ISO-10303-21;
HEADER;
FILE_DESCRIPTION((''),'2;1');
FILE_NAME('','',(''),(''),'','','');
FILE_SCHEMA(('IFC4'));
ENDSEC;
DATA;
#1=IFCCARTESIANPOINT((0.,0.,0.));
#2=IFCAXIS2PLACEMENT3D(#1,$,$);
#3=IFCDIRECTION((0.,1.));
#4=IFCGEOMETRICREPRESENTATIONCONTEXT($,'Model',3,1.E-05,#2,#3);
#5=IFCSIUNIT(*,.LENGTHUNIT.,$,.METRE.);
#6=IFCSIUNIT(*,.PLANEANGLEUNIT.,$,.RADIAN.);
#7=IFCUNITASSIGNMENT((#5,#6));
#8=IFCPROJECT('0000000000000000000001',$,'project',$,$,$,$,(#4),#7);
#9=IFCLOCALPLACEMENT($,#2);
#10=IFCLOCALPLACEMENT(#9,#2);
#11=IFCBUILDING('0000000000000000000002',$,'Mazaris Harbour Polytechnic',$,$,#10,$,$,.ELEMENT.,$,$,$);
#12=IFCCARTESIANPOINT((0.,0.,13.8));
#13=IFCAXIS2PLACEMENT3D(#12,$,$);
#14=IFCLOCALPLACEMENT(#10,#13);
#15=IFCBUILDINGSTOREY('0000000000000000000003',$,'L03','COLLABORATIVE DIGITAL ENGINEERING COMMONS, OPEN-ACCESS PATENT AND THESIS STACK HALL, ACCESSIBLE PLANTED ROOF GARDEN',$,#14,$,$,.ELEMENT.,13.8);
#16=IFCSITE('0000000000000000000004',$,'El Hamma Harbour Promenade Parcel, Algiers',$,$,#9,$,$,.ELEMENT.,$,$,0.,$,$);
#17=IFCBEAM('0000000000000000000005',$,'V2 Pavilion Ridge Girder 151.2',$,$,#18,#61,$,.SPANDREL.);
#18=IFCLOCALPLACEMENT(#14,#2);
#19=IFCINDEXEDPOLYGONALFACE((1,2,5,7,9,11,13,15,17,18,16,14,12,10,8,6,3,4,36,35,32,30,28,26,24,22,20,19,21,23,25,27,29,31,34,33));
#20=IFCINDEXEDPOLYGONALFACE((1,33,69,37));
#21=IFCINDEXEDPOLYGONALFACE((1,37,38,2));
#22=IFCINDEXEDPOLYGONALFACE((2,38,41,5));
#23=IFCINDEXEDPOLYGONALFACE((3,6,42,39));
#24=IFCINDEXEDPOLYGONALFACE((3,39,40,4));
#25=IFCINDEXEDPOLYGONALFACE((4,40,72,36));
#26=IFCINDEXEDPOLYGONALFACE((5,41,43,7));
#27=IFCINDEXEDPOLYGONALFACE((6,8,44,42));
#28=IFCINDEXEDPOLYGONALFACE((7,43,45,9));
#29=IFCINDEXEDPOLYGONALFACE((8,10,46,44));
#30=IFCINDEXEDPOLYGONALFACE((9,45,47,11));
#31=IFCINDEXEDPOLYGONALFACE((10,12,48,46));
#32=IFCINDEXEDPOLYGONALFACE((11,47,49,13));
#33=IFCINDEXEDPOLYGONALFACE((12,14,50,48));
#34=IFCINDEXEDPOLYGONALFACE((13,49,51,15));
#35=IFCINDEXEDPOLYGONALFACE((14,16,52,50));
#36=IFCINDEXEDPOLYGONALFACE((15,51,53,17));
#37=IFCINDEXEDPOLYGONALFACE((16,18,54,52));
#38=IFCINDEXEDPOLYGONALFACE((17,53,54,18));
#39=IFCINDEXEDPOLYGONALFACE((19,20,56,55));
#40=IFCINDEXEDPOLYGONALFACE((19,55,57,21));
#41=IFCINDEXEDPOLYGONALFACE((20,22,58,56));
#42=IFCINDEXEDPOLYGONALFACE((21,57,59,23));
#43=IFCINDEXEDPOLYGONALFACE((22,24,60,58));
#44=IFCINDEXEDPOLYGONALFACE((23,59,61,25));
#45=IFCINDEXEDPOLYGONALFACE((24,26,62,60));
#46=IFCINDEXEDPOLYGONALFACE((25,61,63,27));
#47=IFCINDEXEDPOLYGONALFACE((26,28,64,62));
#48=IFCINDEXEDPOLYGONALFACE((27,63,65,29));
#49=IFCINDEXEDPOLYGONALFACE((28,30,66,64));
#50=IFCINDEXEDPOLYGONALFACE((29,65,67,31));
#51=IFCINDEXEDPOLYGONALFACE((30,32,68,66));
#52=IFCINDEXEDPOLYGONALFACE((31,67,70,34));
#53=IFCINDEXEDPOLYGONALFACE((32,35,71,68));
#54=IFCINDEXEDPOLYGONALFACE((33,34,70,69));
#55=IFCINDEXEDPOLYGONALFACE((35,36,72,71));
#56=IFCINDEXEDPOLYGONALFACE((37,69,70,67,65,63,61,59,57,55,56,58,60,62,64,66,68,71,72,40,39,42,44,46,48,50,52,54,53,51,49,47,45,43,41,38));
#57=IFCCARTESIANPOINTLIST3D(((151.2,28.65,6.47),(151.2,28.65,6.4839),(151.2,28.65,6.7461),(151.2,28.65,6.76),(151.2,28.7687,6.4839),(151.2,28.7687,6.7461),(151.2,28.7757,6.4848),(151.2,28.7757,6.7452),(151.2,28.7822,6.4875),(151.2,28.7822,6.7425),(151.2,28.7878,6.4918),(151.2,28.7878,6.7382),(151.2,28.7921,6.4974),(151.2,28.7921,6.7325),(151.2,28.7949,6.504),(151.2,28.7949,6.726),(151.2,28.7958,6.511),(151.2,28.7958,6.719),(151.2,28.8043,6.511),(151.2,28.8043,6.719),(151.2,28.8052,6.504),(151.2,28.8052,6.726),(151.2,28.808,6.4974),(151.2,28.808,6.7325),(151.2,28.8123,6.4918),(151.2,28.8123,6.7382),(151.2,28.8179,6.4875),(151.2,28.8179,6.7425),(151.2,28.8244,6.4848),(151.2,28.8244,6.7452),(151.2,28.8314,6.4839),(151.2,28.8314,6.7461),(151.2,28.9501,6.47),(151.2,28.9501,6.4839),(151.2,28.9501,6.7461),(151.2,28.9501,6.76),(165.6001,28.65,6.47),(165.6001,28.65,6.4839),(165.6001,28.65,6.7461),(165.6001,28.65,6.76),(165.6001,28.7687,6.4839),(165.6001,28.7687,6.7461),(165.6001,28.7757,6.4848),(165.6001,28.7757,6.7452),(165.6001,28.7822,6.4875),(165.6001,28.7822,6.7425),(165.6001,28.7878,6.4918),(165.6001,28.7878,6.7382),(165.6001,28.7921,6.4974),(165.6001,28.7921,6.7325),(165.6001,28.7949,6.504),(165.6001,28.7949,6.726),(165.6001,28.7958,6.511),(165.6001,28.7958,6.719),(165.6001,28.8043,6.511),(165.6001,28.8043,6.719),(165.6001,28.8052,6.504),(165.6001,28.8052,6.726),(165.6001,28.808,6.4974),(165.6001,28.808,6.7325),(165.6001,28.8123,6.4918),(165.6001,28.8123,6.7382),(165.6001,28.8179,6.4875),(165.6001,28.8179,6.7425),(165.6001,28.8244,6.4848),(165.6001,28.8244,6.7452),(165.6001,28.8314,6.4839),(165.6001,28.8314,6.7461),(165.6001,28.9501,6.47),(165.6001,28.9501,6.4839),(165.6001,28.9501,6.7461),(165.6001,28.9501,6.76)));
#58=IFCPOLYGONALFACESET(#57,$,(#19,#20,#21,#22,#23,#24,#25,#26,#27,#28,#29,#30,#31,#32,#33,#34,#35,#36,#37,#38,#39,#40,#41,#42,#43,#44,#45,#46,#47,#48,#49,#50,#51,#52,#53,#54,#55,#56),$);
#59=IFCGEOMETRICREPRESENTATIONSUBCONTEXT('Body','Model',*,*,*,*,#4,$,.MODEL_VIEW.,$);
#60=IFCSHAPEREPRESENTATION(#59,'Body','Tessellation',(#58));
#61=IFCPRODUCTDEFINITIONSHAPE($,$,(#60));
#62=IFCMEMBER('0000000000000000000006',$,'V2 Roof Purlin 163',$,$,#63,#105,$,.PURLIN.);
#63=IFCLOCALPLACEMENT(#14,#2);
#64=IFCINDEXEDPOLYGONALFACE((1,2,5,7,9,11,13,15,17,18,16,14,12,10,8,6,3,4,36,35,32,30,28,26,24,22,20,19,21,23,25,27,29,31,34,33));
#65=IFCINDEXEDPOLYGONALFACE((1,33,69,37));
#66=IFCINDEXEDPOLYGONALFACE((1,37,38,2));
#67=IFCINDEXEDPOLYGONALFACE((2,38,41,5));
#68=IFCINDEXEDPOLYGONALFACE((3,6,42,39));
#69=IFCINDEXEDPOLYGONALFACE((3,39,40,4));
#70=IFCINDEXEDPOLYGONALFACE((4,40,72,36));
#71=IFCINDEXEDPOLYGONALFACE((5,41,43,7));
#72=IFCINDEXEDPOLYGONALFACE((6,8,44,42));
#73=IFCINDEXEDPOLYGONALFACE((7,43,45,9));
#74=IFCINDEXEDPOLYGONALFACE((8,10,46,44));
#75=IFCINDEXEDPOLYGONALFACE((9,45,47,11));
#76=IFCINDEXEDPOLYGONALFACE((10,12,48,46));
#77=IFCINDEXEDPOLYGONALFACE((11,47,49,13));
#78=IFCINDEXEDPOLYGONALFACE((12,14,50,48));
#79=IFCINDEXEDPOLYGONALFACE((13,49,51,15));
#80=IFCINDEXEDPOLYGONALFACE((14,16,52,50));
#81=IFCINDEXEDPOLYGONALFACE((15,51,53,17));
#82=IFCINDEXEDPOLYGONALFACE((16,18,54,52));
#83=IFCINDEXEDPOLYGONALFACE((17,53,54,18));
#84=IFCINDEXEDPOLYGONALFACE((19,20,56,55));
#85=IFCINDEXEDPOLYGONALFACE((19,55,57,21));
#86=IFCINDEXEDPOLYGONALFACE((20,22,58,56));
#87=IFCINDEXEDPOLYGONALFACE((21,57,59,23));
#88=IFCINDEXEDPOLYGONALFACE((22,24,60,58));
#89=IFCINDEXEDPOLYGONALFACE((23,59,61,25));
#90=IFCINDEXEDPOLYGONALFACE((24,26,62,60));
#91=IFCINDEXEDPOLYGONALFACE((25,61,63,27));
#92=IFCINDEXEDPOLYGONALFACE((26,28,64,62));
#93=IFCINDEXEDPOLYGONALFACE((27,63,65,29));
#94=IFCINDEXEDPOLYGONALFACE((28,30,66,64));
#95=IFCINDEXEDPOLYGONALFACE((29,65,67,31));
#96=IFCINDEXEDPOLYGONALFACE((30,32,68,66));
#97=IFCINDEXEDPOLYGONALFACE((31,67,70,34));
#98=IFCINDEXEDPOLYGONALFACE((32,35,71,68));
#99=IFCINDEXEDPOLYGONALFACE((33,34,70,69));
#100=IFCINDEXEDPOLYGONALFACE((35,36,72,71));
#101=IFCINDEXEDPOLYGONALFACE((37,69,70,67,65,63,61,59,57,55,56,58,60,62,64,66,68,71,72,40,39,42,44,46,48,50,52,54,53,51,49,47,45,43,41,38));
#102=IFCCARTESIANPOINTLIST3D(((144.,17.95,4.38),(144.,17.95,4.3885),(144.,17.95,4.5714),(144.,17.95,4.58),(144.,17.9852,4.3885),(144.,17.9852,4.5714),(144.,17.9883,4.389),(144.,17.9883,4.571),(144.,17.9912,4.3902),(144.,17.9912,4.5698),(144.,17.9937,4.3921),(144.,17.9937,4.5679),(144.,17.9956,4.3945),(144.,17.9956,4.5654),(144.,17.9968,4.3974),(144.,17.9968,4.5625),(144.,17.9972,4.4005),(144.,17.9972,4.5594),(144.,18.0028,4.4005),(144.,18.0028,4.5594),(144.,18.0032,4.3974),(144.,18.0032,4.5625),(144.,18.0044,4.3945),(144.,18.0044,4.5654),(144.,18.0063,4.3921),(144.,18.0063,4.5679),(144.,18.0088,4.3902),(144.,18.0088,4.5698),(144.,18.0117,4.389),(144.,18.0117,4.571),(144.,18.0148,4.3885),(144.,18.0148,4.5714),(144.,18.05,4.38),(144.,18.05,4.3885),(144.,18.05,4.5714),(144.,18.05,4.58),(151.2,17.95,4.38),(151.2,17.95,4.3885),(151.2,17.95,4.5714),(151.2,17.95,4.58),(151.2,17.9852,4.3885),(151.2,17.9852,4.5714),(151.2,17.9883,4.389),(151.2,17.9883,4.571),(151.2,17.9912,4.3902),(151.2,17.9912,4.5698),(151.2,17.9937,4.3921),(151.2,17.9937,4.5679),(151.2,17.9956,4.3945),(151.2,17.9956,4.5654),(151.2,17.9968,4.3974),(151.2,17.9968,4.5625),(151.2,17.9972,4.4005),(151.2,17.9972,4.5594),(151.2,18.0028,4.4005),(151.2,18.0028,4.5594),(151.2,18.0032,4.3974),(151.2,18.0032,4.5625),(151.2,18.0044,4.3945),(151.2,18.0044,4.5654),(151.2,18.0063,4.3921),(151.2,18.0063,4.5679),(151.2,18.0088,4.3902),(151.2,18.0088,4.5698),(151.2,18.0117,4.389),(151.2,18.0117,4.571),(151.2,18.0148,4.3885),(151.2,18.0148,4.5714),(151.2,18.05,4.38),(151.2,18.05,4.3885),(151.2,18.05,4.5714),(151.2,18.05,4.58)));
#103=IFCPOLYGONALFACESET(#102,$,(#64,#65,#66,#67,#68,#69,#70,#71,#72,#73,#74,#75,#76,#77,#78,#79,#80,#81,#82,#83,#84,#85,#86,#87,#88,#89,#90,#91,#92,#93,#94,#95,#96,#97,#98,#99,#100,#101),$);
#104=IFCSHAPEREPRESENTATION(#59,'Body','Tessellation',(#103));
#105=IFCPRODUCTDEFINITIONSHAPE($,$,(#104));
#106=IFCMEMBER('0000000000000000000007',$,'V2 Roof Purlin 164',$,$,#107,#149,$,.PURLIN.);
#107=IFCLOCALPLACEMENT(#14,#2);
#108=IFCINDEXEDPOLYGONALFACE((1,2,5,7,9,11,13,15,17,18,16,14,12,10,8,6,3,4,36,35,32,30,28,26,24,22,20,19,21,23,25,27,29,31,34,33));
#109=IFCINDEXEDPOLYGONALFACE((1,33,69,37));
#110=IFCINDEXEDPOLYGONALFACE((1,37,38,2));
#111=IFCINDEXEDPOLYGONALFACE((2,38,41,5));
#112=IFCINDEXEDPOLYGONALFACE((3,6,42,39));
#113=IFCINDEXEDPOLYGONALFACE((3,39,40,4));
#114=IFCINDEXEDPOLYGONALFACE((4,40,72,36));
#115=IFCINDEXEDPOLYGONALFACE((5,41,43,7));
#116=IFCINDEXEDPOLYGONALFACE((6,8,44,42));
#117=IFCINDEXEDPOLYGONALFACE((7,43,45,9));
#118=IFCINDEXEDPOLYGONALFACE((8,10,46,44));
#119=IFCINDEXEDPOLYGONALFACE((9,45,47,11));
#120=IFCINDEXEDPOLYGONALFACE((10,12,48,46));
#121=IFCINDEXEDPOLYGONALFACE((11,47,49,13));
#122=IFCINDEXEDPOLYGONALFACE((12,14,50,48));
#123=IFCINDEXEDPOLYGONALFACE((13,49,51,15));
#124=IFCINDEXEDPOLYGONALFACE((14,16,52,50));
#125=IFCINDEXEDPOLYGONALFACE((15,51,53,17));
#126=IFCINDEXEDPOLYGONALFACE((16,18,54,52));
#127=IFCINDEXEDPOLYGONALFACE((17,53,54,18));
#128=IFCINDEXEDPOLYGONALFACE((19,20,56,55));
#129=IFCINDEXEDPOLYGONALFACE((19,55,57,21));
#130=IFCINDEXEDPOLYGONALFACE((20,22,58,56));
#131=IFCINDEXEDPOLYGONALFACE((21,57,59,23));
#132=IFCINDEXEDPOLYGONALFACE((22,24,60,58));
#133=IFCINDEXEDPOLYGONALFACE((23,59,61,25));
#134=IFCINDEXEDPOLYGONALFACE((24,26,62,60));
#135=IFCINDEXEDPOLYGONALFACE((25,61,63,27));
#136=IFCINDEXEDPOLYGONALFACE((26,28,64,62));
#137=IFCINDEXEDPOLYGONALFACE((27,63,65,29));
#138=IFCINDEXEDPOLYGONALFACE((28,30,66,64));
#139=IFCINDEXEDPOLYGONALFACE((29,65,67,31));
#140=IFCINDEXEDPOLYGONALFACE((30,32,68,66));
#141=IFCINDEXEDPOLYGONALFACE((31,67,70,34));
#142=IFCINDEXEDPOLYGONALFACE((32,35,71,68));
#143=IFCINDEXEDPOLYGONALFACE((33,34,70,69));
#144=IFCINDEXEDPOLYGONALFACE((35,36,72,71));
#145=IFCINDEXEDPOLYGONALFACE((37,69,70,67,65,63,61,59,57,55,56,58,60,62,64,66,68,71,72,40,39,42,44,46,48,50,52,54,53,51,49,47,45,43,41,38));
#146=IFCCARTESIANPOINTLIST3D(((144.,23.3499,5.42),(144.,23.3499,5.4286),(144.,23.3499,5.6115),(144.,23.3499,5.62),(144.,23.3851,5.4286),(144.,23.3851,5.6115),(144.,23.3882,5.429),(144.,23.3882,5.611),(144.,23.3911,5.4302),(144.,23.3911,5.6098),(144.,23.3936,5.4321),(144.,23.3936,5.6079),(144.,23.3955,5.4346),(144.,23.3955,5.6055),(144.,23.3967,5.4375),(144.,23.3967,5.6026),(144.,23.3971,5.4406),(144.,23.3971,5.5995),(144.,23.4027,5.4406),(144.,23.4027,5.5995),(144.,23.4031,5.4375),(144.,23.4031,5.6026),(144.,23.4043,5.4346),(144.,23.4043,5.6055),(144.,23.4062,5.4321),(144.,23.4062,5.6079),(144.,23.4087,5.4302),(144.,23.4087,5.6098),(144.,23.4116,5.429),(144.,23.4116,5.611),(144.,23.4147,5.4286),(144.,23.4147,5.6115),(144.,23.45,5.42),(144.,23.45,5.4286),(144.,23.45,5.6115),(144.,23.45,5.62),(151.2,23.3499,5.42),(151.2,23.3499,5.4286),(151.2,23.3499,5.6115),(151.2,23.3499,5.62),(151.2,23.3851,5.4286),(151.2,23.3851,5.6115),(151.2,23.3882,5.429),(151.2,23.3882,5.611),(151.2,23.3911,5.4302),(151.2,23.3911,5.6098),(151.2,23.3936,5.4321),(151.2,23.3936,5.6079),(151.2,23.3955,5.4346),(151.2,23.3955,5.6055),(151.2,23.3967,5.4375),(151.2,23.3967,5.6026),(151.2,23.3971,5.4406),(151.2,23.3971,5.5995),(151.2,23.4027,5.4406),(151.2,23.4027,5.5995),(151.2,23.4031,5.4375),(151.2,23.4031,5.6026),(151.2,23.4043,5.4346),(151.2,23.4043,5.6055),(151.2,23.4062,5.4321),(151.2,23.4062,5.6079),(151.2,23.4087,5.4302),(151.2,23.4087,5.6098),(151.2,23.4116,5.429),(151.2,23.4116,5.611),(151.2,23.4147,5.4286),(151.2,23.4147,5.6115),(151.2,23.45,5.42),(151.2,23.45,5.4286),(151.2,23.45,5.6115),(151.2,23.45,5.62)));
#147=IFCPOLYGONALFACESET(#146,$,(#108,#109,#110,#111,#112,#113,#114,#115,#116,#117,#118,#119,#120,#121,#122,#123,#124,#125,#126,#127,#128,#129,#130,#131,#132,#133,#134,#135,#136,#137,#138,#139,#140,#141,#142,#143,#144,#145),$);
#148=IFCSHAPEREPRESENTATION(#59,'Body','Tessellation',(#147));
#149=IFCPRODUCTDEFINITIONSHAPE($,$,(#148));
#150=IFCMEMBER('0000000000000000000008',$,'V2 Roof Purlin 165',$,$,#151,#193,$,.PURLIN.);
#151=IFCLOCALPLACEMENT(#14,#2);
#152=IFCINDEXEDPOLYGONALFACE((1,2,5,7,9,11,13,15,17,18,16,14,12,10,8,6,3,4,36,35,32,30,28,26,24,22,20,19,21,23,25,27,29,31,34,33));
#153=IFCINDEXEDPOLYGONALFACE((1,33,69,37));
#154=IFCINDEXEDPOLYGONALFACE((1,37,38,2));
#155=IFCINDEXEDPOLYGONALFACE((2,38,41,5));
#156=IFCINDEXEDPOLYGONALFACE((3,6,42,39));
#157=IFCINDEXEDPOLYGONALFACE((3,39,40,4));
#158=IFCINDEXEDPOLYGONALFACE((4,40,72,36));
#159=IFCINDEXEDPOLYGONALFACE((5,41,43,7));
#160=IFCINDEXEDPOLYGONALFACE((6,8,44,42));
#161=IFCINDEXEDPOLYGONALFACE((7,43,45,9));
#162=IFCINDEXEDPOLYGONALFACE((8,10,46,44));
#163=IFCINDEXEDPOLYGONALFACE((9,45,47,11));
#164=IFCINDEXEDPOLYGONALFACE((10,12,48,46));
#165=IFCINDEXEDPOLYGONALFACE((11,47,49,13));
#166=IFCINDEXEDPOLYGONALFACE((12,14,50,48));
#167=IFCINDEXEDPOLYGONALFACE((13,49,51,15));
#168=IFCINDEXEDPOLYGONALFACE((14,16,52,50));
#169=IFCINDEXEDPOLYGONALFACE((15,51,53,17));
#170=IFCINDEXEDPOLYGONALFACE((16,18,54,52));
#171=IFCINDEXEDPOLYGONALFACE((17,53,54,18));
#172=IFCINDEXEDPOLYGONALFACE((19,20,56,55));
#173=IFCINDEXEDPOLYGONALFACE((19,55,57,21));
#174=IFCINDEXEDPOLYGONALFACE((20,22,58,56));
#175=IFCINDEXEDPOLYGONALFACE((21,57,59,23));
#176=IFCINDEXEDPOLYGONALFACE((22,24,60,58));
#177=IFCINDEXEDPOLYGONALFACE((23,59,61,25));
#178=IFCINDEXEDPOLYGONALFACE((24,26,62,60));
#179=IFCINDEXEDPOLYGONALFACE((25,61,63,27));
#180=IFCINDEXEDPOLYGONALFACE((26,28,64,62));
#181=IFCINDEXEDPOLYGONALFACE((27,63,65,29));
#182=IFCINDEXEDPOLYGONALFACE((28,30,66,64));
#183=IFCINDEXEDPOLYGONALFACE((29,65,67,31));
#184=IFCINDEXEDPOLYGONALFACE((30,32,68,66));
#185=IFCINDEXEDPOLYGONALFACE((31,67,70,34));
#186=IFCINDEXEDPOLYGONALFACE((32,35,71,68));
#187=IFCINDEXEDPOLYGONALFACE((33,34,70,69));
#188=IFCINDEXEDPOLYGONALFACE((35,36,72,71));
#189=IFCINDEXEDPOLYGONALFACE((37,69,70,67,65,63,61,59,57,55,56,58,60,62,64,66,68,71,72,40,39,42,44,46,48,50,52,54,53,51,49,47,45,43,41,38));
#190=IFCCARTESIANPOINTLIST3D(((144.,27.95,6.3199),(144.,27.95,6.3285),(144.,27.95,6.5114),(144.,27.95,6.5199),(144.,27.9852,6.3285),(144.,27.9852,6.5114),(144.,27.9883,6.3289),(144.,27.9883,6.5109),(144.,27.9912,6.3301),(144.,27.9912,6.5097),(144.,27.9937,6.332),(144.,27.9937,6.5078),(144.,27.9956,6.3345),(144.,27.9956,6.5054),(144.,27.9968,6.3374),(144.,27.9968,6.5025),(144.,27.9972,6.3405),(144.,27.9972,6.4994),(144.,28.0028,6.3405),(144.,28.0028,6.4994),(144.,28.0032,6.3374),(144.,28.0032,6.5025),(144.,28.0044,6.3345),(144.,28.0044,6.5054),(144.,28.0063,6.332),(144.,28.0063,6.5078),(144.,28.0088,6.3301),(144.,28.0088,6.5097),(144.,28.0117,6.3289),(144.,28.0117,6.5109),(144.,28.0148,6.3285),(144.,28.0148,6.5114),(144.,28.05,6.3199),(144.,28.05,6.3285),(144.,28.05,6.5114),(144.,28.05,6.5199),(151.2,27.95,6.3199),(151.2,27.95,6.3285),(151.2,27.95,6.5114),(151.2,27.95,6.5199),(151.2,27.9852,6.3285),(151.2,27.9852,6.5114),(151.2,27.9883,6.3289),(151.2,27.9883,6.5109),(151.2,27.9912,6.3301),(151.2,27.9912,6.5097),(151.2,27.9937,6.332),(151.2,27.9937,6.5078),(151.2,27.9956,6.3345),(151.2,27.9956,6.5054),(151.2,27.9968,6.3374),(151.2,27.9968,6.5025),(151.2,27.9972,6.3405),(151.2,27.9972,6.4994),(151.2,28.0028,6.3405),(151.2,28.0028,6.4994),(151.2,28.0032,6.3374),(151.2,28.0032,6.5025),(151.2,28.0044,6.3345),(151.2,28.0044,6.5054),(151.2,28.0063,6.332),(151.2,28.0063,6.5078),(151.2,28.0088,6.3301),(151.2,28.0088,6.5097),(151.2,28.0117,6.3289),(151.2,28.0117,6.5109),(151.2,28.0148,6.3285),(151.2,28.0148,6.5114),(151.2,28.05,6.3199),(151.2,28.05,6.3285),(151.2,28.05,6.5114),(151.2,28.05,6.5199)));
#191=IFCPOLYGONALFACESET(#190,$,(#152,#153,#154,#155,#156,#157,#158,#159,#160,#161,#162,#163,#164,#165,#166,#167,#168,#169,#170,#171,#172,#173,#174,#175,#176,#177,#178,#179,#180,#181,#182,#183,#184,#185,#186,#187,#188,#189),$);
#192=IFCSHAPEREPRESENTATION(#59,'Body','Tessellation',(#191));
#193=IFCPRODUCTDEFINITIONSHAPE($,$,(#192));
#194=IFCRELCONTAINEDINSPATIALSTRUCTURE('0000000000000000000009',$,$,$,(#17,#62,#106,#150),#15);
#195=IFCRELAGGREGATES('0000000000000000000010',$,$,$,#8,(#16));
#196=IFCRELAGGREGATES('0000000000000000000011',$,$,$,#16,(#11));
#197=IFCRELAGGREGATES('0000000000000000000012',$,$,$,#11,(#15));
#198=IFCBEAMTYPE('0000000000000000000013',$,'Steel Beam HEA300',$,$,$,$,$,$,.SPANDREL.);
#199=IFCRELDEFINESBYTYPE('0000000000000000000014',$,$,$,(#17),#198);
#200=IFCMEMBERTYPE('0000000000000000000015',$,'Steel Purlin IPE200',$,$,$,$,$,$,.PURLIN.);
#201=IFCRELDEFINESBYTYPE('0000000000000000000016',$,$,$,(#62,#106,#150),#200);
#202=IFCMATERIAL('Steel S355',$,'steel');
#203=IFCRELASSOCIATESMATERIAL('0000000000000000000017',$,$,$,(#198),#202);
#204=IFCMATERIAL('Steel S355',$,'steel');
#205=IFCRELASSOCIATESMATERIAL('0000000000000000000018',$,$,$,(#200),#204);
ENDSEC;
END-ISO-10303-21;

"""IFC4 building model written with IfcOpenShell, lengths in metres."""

from ifc_helpers import new_model, si_unit, direction, frame, origin, origin_2d, place, context, subcontext, project, spatial, i_section, extrude, material, material_profile, profile_set, type_object, element, save


model = new_model("IFC4")

# Units and contexts
model_context = context("Model", 3, precision=1e-05, world=origin(), true_north=direction((0.0, 1.0)))
body_context = subcontext(model_context, "Body", "Model", "MODEL_VIEW")
ifc_project = project(units=[si_unit("LENGTHUNIT", "METRE"), si_unit("PLANEANGLEUNIT", "RADIAN")], contexts=[model_context])

# Site, building, storey
site_placement = place(None, origin())
site = spatial("IfcSite", under=ifc_project, at=site_placement, Name="El Hamma Harbour Promenade Parcel, Algiers", CompositionType="ELEMENT", RefElevation=0.0)
building_placement = place(site_placement, origin())
building = spatial("IfcBuilding", under=site, at=building_placement, Name="Mazaris Harbour Polytechnic", CompositionType="ELEMENT")
storey_placement = place(building_placement, frame((0.0, 0.0, 13.8)))
storey = spatial("IfcBuildingStorey", under=building, at=storey_placement, Name="L03", Description="COLLABORATIVE DIGITAL ENGINEERING COMMONS, OPEN-ACCESS PATENT AND THESIS STACK HALL, ACCESSIBLE PLANTED ROOF GARDEN", CompositionType="ELEMENT", Elevation=13.8)

# Beam
ifc_material_1 = material(Name="Steel S355", Category="steel")
ifc_material_profile_1 = material_profile(ifc_material_1, i_section(OverallWidth=0.3, OverallDepth=0.29, WebThickness=0.0085, FlangeThickness=0.0139, FilletRadius=0.0271, at=origin_2d()), Name="HEA 300")
ifc_profile_set_1 = profile_set([ifc_material_profile_1], Name="Steel S355")
beam_type = type_object("IfcBeamType", Name="Steel Beam HEA300", PredefinedType="SPANDREL", material=ifc_profile_set_1)
beam_placement = place(storey_placement, frame((151.2, 28.8, 6.615), z_axis=(1.0, 0.0, 0.0), x_axis=(0.0, 1.0, 0.0)))
element("IfcBeam", 1, at=beam_placement, inside=storey, type_object=beam_type, Name="V2 Pavilion Ridge Girder 151.2", PredefinedType="SPANDREL", context=body_context, shape_type="SweptSolid", body=[
    extrude(i_section(OverallWidth=0.3, OverallDepth=0.29, WebThickness=0.0085, FlangeThickness=0.0139, FilletRadius=0.0271, at=origin_2d()), origin(), (0.0, 0.0, 1.0), 14.4001),
])

# Members
ifc_material_2 = material(Name="Steel S355", Category="steel")
ifc_material_profile_2 = material_profile(ifc_material_2, i_section(OverallWidth=0.1001, OverallDepth=0.2, WebThickness=0.0056, FlangeThickness=0.0085, FilletRadius=0.012, at=origin_2d()), Name="IPE 200")
ifc_profile_set_2 = profile_set([ifc_material_profile_2], Name="Steel S355")
member_type_1 = type_object("IfcMemberType", Name="Steel Purlin IPE200", PredefinedType="PURLIN", material=ifc_profile_set_2)
for number, where, z_axis, x_axis, name in (
    (2, (144.0, 18.0, 4.48), (1.0, 0.0, 0.0), (0.0, 1.0, 0.0), "V2 Roof Purlin 163"),
    (3, (144.0, 23.3999, 5.52), (1.0, 0.0, 0.0), (0.0, 1.0, 0.0), "V2 Roof Purlin 164"),
    (4, (144.0, 28.0, 6.4199), (1.0, 0.0, 0.0), (0.0, 1.0, 0.0), "V2 Roof Purlin 165"),
):
    element("IfcMember", number, at=place(storey_placement, frame(where, z_axis=z_axis, x_axis=x_axis)), inside=storey, type_object=member_type_1, Name=name, PredefinedType="PURLIN", context=body_context, shape_type="SweptSolid", body=[
        extrude(i_section(OverallWidth=0.1001, OverallDepth=0.2, WebThickness=0.0056, FlangeThickness=0.0085, FilletRadius=0.012, at=origin_2d()), origin(), (0.0, 0.0, 1.0), 7.2),
    ])

save(model, "model.ifc")
